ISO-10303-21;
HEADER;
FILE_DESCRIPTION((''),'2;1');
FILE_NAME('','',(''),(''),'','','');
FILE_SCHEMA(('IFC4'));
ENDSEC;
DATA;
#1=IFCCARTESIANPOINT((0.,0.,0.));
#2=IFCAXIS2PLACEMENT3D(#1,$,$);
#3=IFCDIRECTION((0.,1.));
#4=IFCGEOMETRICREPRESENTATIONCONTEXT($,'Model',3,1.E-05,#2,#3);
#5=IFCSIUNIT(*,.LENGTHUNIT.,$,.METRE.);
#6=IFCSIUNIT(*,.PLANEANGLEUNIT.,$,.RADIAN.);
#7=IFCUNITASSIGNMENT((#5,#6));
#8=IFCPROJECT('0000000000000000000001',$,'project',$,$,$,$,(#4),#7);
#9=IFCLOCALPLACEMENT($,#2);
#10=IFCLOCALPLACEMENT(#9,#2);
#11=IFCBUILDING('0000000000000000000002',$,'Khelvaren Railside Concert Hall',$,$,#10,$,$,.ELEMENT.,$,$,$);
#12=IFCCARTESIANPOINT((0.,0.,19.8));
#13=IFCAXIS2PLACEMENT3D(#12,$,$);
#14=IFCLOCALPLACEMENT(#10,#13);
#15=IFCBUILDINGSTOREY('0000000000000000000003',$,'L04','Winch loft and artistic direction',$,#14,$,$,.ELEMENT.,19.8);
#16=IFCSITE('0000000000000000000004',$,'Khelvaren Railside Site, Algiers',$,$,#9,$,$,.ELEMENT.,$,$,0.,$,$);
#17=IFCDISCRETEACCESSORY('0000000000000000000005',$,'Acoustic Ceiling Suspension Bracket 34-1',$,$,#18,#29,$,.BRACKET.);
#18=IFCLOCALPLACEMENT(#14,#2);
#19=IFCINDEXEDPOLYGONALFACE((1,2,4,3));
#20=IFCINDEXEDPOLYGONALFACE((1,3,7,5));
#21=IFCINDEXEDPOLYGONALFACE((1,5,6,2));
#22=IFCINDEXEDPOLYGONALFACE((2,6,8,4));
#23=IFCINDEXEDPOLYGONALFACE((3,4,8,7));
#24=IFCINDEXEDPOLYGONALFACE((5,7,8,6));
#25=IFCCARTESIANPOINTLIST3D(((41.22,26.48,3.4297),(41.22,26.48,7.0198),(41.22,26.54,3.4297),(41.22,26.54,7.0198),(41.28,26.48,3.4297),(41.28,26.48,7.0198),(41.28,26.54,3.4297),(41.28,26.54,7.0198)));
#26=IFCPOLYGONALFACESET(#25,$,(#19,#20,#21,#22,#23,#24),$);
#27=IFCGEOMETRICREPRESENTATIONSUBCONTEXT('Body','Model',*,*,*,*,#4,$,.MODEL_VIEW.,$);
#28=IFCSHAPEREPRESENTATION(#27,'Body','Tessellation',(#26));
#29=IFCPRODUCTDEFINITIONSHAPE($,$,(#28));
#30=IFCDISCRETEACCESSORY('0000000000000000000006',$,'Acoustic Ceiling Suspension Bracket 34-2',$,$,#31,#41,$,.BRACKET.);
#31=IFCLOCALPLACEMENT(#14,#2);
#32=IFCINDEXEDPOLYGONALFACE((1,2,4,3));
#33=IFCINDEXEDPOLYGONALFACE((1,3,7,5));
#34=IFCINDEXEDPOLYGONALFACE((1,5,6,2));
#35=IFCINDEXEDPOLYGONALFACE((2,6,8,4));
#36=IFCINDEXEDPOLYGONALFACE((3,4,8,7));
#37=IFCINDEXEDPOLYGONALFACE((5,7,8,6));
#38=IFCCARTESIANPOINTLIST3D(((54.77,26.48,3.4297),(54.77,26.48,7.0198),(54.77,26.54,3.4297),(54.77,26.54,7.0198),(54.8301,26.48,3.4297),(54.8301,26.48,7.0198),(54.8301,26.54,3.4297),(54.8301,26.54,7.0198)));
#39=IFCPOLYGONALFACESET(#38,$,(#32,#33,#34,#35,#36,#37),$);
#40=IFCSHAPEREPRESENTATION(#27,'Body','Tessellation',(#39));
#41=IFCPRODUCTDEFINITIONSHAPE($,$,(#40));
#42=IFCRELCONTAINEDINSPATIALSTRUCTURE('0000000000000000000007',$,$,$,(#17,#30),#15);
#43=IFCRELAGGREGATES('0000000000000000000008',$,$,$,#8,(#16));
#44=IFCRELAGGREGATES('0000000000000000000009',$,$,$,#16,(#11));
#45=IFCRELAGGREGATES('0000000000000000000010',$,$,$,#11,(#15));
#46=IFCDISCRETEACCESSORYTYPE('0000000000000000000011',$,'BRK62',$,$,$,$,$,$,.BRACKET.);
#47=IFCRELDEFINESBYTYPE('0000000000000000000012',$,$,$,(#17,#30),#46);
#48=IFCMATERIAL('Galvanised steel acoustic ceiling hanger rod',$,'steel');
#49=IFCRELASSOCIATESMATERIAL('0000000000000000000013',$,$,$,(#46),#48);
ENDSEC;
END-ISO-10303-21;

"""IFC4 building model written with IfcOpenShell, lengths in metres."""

from ifc_helpers import new_model, si_unit, direction, frame, origin, origin_2d, place, context, subcontext, project, spatial, rectangle, extrude, material, type_object, element, save


model = new_model("IFC4")

# Units and contexts
model_context = context("Model", 3, precision=1e-05, world=origin(), true_north=direction((0.0, 1.0)))
body_context = subcontext(model_context, "Body", "Model", "MODEL_VIEW")
ifc_project = project(units=[si_unit("LENGTHUNIT", "METRE"), si_unit("PLANEANGLEUNIT", "RADIAN")], contexts=[model_context])

# Site, building, storey
site_placement = place(None, origin())
site = spatial("IfcSite", under=ifc_project, at=site_placement, Name="Khelvaren Railside Site, Algiers", CompositionType="ELEMENT", RefElevation=0.0)
building_placement = place(site_placement, origin())
building = spatial("IfcBuilding", under=site, at=building_placement, Name="Khelvaren Railside Concert Hall", CompositionType="ELEMENT")
storey_placement = place(building_placement, frame((0.0, 0.0, 19.8)))
storey = spatial("IfcBuildingStorey", under=building, at=storey_placement, Name="L04", Description="Winch loft and artistic direction", CompositionType="ELEMENT", Elevation=19.8)

# Discrete accessories
ifc_material_1 = material(Name="Galvanised steel acoustic ceiling hanger rod", Category="steel")
discrete_accessory_type = type_object("IfcDiscreteAccessoryType", Name="BRK62", PredefinedType="BRACKET", material=ifc_material_1)
for number, where, z_axis, x_axis, name in (
    (1, (41.25, 26.51, 3.4297), (0.0, 0.0, 1.0), (1.0, 0.0, 0.0), "Acoustic Ceiling Suspension Bracket 34-1"),
    (2, (54.8, 26.51, 3.4297), (0.0, 0.0, 1.0), (1.0, 0.0, 0.0), "Acoustic Ceiling Suspension Bracket 34-2"),
):
    element("IfcDiscreteAccessory", number, at=place(storey_placement, frame(where, z_axis=z_axis, x_axis=x_axis)), inside=storey, type_object=discrete_accessory_type, Name=name, PredefinedType="BRACKET", context=body_context, shape_type="SweptSolid", body=[
        extrude(rectangle(XDim=0.0601, YDim=0.0601, at=origin_2d()), origin(), (0.0, 0.0, 1.0), 3.5901),
    ])

save(model, "model.ifc")
